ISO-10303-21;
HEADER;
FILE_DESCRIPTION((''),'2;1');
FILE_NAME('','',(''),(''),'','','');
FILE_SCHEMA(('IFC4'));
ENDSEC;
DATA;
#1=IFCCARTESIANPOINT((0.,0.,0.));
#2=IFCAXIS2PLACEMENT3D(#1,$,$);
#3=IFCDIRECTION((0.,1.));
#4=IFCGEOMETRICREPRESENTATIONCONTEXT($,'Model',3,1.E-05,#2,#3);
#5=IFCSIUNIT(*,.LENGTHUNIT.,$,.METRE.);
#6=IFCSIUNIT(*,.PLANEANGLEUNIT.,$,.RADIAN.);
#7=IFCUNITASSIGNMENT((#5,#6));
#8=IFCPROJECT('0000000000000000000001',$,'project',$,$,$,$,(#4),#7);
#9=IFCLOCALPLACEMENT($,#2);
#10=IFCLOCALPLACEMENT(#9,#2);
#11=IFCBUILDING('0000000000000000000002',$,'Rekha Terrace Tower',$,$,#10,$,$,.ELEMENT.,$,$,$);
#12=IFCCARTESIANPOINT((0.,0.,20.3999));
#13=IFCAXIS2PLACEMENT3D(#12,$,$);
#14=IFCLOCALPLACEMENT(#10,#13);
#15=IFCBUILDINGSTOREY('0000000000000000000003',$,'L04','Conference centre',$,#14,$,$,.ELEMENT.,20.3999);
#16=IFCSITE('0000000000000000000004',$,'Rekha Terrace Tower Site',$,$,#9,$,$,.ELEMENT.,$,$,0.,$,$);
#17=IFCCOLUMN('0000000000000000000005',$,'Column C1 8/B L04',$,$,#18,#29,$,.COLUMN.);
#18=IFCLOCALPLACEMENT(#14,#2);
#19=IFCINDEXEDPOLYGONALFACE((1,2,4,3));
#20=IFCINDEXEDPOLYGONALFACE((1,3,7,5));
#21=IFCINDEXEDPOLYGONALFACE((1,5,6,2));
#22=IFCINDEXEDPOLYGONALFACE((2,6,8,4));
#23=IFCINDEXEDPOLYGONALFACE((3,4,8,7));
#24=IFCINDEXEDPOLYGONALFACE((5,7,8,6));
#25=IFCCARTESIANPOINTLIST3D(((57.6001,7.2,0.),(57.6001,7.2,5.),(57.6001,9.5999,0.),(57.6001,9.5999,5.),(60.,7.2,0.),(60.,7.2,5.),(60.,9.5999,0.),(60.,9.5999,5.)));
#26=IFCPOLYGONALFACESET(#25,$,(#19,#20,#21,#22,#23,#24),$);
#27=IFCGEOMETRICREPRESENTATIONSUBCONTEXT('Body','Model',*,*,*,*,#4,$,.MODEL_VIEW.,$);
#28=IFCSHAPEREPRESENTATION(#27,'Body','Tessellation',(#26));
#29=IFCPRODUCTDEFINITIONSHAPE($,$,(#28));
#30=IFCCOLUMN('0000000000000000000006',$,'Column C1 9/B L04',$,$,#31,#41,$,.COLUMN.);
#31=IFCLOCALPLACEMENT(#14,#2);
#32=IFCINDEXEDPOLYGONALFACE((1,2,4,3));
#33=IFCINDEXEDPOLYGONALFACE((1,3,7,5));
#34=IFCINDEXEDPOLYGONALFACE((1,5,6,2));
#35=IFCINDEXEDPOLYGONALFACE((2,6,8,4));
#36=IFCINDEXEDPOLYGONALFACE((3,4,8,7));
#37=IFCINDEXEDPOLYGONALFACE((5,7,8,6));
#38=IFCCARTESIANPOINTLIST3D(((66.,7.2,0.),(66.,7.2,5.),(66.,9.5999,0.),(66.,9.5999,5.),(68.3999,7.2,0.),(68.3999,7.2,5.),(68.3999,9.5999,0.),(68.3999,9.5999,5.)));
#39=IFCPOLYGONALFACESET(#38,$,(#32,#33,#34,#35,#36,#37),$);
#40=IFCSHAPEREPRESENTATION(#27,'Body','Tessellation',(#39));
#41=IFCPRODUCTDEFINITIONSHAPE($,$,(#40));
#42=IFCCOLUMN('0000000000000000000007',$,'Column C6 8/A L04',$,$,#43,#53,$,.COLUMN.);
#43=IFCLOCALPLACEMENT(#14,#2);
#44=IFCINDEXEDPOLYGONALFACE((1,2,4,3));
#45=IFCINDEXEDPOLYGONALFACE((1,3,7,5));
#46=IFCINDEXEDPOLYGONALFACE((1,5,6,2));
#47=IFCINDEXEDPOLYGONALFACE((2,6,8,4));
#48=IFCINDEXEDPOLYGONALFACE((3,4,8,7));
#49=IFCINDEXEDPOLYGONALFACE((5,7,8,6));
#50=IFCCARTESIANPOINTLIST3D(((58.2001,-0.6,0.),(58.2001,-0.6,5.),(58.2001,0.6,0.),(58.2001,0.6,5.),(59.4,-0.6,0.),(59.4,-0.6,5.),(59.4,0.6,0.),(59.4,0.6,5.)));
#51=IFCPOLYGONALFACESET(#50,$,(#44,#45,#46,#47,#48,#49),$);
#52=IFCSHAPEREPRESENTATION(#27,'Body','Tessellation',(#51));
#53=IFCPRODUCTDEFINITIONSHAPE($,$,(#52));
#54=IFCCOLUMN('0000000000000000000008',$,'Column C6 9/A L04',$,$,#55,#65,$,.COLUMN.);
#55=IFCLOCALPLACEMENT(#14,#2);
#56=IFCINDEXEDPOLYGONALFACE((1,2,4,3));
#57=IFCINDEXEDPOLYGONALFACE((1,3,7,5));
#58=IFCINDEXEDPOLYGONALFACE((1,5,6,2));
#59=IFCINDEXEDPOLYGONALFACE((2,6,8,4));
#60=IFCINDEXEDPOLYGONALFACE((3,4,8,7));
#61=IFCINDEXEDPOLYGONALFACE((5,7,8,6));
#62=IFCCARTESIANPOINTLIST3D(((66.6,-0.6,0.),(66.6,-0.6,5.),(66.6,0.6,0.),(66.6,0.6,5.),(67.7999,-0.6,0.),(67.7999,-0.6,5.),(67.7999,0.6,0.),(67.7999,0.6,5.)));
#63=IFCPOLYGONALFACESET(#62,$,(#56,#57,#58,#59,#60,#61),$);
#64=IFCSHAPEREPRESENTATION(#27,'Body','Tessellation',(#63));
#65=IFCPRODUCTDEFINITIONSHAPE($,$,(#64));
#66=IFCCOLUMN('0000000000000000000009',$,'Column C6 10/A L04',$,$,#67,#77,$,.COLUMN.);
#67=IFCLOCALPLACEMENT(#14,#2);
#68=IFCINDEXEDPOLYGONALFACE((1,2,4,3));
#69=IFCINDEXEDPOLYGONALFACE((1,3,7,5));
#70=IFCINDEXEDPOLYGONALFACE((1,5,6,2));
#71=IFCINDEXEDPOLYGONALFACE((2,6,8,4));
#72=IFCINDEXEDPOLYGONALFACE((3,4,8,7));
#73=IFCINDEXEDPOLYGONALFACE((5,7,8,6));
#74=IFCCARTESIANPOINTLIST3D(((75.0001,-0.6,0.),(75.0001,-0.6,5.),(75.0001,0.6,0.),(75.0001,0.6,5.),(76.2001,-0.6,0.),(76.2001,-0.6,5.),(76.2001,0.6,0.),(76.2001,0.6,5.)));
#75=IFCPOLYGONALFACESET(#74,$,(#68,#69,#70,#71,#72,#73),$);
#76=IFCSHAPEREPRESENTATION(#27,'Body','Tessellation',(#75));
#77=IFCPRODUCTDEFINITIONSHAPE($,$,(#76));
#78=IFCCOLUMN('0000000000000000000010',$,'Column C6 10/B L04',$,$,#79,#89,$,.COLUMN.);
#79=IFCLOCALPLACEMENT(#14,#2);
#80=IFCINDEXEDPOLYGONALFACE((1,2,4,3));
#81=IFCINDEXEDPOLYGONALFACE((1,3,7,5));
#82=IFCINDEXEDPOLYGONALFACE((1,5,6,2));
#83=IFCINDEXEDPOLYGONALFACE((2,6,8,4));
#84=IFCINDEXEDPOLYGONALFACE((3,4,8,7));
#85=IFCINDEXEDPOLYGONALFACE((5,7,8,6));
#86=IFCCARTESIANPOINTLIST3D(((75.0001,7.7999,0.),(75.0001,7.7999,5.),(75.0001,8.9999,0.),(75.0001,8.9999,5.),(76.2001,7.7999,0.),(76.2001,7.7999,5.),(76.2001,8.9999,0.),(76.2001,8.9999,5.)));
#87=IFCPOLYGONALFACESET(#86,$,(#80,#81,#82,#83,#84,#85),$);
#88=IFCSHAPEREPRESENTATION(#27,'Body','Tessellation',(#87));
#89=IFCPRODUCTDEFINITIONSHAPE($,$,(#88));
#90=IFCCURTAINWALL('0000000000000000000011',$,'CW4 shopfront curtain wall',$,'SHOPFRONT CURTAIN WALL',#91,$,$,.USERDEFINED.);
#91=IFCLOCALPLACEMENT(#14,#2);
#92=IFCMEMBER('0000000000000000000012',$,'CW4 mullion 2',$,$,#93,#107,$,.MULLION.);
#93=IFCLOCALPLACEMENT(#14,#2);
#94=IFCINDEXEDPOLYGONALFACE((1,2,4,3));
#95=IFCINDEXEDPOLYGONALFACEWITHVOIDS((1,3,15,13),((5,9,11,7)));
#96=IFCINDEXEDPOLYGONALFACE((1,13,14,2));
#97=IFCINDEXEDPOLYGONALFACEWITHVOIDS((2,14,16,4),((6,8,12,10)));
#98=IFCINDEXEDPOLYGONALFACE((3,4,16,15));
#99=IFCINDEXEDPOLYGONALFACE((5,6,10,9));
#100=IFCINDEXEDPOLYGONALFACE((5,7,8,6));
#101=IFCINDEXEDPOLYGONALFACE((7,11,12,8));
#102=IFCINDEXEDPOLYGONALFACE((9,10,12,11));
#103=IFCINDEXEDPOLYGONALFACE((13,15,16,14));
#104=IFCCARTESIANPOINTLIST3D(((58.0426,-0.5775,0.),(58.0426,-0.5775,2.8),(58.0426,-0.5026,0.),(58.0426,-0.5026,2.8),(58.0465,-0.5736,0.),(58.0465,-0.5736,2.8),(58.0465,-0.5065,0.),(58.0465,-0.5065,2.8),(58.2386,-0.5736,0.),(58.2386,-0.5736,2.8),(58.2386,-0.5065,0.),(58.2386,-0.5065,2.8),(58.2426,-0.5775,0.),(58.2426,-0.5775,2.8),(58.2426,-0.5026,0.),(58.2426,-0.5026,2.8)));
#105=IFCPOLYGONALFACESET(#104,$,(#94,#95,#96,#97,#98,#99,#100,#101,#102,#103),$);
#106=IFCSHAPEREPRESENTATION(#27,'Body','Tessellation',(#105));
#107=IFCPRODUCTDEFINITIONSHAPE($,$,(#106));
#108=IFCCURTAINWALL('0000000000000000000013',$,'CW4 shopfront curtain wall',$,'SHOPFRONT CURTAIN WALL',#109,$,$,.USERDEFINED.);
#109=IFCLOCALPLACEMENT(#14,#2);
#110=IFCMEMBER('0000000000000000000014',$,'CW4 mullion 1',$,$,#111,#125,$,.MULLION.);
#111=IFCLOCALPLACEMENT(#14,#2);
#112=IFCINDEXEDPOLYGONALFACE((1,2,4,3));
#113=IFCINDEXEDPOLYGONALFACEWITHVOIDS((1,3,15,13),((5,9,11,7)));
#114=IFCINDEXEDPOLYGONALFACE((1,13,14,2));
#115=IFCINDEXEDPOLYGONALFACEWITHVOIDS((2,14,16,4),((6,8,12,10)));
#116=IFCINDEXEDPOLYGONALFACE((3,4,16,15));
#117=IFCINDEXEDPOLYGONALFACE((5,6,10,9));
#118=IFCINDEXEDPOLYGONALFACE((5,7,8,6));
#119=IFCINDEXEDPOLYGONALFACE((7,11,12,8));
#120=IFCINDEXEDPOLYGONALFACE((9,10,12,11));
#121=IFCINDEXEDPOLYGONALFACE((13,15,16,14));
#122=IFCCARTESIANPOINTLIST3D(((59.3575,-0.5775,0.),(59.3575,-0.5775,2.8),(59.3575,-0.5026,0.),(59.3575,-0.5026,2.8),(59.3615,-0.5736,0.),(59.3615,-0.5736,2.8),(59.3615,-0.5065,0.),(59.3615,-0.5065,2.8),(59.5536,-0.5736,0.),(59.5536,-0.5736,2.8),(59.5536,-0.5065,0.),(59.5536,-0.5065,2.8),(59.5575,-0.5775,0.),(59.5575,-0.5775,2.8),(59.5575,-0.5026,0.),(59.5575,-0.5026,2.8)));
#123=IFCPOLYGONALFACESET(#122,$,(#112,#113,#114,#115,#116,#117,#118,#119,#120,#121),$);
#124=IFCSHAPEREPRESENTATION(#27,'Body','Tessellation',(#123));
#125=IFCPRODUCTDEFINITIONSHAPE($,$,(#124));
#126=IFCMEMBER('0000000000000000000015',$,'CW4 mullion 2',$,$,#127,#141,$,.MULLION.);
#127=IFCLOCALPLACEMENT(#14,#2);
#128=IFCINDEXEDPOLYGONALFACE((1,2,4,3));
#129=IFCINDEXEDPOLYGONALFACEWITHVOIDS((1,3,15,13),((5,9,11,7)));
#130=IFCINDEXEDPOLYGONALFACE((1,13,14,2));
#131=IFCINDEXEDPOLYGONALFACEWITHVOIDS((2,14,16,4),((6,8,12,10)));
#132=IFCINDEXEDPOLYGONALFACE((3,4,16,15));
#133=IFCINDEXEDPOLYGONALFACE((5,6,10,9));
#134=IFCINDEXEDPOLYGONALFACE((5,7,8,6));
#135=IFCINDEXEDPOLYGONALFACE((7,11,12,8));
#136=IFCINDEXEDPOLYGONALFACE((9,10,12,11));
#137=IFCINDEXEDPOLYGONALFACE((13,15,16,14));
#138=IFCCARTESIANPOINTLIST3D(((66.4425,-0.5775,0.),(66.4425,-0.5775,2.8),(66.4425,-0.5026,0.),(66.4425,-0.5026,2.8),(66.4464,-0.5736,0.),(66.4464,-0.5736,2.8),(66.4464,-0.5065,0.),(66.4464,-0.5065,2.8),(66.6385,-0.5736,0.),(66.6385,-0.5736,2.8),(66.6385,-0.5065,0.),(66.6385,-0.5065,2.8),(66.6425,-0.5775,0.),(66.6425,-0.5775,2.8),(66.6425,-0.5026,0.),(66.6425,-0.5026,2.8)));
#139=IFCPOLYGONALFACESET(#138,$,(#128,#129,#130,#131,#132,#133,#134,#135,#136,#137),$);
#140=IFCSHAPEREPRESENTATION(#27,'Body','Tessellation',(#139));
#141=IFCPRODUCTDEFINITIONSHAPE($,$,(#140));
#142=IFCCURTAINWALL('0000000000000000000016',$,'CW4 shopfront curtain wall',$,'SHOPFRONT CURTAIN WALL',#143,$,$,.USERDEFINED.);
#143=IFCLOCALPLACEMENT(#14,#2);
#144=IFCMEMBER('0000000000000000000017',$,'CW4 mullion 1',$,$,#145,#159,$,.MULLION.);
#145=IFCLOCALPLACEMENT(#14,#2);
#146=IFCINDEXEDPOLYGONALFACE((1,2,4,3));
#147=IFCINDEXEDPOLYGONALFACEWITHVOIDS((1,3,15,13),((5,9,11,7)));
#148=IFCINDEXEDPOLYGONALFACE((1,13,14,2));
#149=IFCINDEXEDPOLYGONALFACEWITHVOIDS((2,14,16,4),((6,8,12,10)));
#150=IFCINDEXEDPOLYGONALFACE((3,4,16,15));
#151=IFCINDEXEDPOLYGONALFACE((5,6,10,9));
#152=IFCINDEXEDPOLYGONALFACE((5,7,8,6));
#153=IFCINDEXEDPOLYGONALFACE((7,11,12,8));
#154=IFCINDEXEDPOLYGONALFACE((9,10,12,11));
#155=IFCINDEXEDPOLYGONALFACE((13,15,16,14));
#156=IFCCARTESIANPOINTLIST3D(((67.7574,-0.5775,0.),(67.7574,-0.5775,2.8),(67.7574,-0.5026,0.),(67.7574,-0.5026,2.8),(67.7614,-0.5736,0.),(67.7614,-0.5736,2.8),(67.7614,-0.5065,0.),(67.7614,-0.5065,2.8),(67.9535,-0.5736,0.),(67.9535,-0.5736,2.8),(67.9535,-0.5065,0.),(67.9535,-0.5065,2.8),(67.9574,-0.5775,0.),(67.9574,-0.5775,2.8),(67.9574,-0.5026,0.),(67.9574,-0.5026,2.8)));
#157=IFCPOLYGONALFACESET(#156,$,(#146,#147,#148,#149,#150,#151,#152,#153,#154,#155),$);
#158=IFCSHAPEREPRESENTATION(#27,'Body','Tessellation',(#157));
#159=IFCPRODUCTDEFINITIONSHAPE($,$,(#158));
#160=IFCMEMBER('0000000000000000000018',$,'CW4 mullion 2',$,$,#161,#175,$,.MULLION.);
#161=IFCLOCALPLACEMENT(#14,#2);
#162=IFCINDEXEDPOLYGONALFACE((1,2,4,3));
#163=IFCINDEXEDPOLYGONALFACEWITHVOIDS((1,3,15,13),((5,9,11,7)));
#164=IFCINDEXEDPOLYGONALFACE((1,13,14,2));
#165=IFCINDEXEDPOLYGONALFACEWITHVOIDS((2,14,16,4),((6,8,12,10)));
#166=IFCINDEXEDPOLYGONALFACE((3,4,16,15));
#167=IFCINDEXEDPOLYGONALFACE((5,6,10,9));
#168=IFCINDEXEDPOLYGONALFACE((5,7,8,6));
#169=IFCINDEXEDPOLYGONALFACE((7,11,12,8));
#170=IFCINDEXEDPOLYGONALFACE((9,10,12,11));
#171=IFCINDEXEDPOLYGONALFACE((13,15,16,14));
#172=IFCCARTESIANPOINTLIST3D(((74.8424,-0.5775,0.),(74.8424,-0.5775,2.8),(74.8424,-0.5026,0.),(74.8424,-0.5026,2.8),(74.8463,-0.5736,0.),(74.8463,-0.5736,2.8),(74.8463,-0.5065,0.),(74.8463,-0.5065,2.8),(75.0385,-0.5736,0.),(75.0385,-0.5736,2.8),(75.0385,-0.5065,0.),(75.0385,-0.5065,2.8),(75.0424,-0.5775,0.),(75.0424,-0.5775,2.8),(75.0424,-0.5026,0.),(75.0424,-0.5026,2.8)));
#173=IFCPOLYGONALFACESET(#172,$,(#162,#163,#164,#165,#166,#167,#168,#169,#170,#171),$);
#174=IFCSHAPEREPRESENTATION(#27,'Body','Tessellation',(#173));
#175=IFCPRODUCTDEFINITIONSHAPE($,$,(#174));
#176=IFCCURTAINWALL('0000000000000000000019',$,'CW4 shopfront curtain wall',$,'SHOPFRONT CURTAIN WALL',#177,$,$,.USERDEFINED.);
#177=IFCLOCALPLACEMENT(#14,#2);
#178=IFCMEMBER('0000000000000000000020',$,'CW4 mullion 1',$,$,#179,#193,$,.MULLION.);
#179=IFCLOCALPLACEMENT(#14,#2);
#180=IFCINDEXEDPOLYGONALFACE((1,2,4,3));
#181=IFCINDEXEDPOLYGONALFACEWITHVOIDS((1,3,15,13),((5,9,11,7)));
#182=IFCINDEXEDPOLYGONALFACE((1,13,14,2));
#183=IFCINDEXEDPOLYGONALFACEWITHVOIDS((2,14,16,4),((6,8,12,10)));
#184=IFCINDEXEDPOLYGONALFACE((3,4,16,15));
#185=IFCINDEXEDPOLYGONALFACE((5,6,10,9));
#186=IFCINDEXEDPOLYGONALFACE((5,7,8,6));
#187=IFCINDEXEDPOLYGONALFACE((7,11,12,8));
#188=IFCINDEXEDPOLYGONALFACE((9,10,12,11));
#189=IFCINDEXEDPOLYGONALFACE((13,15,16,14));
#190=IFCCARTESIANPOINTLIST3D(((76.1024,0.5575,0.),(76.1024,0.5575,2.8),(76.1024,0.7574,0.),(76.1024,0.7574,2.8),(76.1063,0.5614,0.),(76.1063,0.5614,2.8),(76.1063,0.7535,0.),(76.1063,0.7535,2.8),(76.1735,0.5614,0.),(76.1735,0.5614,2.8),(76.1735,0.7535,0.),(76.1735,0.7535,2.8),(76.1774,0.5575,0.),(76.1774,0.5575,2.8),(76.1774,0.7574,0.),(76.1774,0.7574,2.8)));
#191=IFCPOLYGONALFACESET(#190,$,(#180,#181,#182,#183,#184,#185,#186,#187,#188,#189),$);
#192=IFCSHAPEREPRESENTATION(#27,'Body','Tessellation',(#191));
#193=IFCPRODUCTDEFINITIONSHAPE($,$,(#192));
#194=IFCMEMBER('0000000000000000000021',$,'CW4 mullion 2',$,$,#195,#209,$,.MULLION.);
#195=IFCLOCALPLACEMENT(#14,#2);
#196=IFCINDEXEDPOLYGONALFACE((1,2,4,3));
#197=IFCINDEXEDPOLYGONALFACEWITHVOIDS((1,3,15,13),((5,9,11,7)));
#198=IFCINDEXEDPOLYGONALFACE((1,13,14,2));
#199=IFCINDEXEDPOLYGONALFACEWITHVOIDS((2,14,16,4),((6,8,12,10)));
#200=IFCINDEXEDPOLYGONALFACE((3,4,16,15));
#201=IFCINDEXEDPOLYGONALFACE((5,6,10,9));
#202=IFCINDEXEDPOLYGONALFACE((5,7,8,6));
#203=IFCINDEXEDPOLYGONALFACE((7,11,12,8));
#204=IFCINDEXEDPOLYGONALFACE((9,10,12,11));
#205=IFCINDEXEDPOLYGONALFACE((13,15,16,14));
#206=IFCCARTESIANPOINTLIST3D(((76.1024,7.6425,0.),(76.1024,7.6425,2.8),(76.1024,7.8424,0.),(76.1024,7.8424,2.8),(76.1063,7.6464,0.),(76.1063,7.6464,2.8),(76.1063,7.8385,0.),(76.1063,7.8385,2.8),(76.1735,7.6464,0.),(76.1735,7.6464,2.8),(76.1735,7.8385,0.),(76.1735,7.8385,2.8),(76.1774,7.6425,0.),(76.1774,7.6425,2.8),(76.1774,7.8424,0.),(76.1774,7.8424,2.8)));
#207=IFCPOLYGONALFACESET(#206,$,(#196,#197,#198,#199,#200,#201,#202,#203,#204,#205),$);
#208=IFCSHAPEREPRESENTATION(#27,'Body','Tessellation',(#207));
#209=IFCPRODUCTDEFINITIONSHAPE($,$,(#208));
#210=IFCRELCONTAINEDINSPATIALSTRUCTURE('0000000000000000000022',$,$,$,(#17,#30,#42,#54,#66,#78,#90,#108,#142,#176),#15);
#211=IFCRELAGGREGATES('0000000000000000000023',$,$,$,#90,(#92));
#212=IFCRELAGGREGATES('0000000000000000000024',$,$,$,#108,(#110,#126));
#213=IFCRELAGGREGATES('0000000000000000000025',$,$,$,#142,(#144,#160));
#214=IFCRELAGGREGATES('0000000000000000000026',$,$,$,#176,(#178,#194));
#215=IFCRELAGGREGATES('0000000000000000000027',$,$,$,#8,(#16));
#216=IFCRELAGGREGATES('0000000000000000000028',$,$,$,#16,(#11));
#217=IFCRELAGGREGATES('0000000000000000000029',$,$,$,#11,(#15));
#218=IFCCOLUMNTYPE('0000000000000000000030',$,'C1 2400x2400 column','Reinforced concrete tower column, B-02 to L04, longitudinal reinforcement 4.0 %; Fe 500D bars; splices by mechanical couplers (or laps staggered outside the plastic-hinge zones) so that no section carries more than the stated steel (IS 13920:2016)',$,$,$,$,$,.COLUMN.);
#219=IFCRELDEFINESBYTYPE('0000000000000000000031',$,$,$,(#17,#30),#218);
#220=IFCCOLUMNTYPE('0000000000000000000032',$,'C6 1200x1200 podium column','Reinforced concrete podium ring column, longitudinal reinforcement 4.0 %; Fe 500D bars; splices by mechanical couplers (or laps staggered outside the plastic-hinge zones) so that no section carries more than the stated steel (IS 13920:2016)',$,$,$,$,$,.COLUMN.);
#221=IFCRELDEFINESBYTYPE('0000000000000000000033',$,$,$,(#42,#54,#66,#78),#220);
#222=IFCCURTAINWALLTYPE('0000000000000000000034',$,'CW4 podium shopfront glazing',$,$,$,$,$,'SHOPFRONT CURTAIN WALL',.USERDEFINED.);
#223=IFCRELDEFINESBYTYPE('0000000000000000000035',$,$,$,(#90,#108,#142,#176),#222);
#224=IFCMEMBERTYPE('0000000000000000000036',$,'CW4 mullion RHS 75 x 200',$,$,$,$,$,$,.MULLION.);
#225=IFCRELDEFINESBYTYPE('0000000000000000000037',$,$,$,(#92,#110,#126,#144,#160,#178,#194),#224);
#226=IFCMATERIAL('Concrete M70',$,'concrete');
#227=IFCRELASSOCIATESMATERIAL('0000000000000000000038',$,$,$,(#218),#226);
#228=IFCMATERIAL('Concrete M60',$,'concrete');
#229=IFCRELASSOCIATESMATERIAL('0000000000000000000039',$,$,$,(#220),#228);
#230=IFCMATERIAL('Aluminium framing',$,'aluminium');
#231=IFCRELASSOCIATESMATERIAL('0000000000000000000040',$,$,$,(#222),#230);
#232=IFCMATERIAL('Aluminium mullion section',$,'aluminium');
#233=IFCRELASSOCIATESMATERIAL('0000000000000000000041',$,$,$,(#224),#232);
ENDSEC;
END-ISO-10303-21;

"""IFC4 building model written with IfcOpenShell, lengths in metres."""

from ifc_helpers import new_model, si_unit, direction, frame, origin, origin_2d, place, context, subcontext, project, spatial, rectangle, hollow_rectangle, extrude, material, material_profile, profile_set, type_object, element, aggregate, save


model = new_model("IFC4")

# Units and contexts
model_context = context("Model", 3, precision=1e-05, world=origin(), true_north=direction((0.0, 1.0)))
body_context = subcontext(model_context, "Body", "Model", "MODEL_VIEW")
ifc_project = project(units=[si_unit("LENGTHUNIT", "METRE"), si_unit("PLANEANGLEUNIT", "RADIAN")], contexts=[model_context])

# Site, building, storey
site_placement = place(None, origin())
site = spatial("IfcSite", under=ifc_project, at=site_placement, Name="Rekha Terrace Tower Site", CompositionType="ELEMENT", RefElevation=0.0)
building_placement = place(site_placement, origin())
building = spatial("IfcBuilding", under=site, at=building_placement, Name="Rekha Terrace Tower", CompositionType="ELEMENT")
storey_placement = place(building_placement, frame((0.0, 0.0, 20.3999)))
storey = spatial("IfcBuildingStorey", under=building, at=storey_placement, Name="L04", Description="Conference centre", CompositionType="ELEMENT", Elevation=20.3999)

# Columns
ifc_material_1 = material(Name="Concrete M70", Category="concrete")
ifc_material_profile_1 = material_profile(ifc_material_1, rectangle(XDim=2.3999, YDim=2.3999, at=origin_2d()), Name="RC 2400x2400")
ifc_profile_set_1 = profile_set([ifc_material_profile_1], Name="Concrete M70")
column_type_1 = type_object("IfcColumnType", Name="C1 2400x2400 column", Description="Reinforced concrete tower column, B-02 to L04, longitudinal reinforcement 4.0 %; Fe 500D bars; splices by mechanical couplers (or laps staggered outside the plastic-hinge zones) so that no section carries more than the stated steel (IS 13920:2016)", PredefinedType="COLUMN", material=ifc_profile_set_1)
for number, where, z_axis, x_axis, name in (
    (1, (58.8, 8.3999, 0.0), (0.0, 0.0, 1.0), (1.0, 0.0, 0.0), "Column C1 8/B L04"),
    (2, (67.2, 8.3999, 0.0), (0.0, 0.0, 1.0), (1.0, 0.0, 0.0), "Column C1 9/B L04"),
):
    element("IfcColumn", number, at=place(storey_placement, frame(where, z_axis=z_axis, x_axis=x_axis)), inside=storey, type_object=column_type_1, Name=name, PredefinedType="COLUMN", context=body_context, shape_type="SweptSolid", body=[
        extrude(rectangle(XDim=2.3999, YDim=2.3999, at=origin_2d()), origin(), (0.0, 0.0, 1.0), 5.0),
    ])
ifc_material_2 = material(Name="Concrete M60", Category="concrete")
ifc_material_profile_2 = material_profile(ifc_material_2, rectangle(XDim=1.2, YDim=1.2, at=origin_2d()), Name="RC 1200x1200")
ifc_profile_set_2 = profile_set([ifc_material_profile_2], Name="Concrete M60")
column_type_2 = type_object("IfcColumnType", Name="C6 1200x1200 podium column", Description="Reinforced concrete podium ring column, longitudinal reinforcement 4.0 %; Fe 500D bars; splices by mechanical couplers (or laps staggered outside the plastic-hinge zones) so that no section carries more than the stated steel (IS 13920:2016)", PredefinedType="COLUMN", material=ifc_profile_set_2)
for number, where, z_axis, x_axis, name in (
    (3, (58.8, 0.0, 0.0), (0.0, 0.0, 1.0), (1.0, 0.0, 0.0), "Column C6 8/A L04"),
    (4, (67.2, 0.0, 0.0), (0.0, 0.0, 1.0), (1.0, 0.0, 0.0), "Column C6 9/A L04"),
    (5, (75.6001, 0.0, 0.0), (0.0, 0.0, 1.0), (1.0, 0.0, 0.0), "Column C6 10/A L04"),
    (6, (75.6001, 8.3999, 0.0), (0.0, 0.0, 1.0), (1.0, 0.0, 0.0), "Column C6 10/B L04"),
):
    element("IfcColumn", number, at=place(storey_placement, frame(where, z_axis=z_axis, x_axis=x_axis)), inside=storey, type_object=column_type_2, Name=name, PredefinedType="COLUMN", context=body_context, shape_type="SweptSolid", body=[
        extrude(rectangle(XDim=1.2, YDim=1.2, at=origin_2d()), origin(), (0.0, 0.0, 1.0), 5.0),
    ])

# Curtain wall, member
ifc_material_3 = material(Name="Aluminium framing", Category="aluminium")
curtain_wall_type = type_object("IfcCurtainWallType", Name="CW4 podium shopfront glazing", ElementType="SHOPFRONT CURTAIN WALL", PredefinedType="USERDEFINED", material=ifc_material_3)
curtain_wall_1_placement = place(storey_placement, origin())
curtain_wall_1 = element("IfcCurtainWall", 7, at=curtain_wall_1_placement, inside=storey, type_object=curtain_wall_type, Name="CW4 shopfront curtain wall", ObjectType="SHOPFRONT CURTAIN WALL", PredefinedType="USERDEFINED")
ifc_material_4 = material(Name="Aluminium mullion section", Category="aluminium")
ifc_material_profile_3 = material_profile(ifc_material_4, hollow_rectangle(XDim=0.075, YDim=0.2, WallThickness=0.0039, at=origin_2d()), Name="AL RHS 75x200")
ifc_profile_set_3 = profile_set([ifc_material_profile_3], Name="Aluminium mullion section")
member_type_1 = type_object("IfcMemberType", Name="CW4 mullion RHS 75 x 200", PredefinedType="MULLION", material=ifc_profile_set_3)
member_1_placement = place(storey_placement, frame((58.1426, -0.54, 0.0), z_axis=(0.0, 0.0, 1.0), x_axis=(0.0, 1.0, 0.0)))
member_1 = element("IfcMember", 8, at=member_1_placement, type_object=member_type_1, Name="CW4 mullion 2", PredefinedType="MULLION", context=body_context, shape_type="SweptSolid", body=[
    extrude(hollow_rectangle(XDim=0.075, YDim=0.2, WallThickness=0.0039, at=origin_2d()), origin(), (0.0, 0.0, 1.0), 2.8),
])

# Curtain walls, members
curtain_wall_2_placement = place(storey_placement, origin())
curtain_wall_2 = element("IfcCurtainWall", 9, at=curtain_wall_2_placement, inside=storey, type_object=curtain_wall_type, Name="CW4 shopfront curtain wall", ObjectType="SHOPFRONT CURTAIN WALL", PredefinedType="USERDEFINED")
member_2_placement = place(storey_placement, frame((59.4575, -0.54, 0.0), z_axis=(0.0, 0.0, 1.0), x_axis=(0.0, 1.0, 0.0)))
member_2 = element("IfcMember", 10, at=member_2_placement, type_object=member_type_1, Name="CW4 mullion 1", PredefinedType="MULLION", context=body_context, shape_type="SweptSolid", body=[
    extrude(hollow_rectangle(XDim=0.075, YDim=0.2, WallThickness=0.0039, at=origin_2d()), origin(), (0.0, 0.0, 1.0), 2.8),
])
member_3_placement = place(storey_placement, frame((66.5425, -0.54, 0.0), z_axis=(0.0, 0.0, 1.0), x_axis=(0.0, 1.0, 0.0)))
member_3 = element("IfcMember", 11, at=member_3_placement, type_object=member_type_1, Name="CW4 mullion 2", PredefinedType="MULLION", context=body_context, shape_type="SweptSolid", body=[
    extrude(hollow_rectangle(XDim=0.075, YDim=0.2, WallThickness=0.0039, at=origin_2d()), origin(), (0.0, 0.0, 1.0), 2.8),
])
curtain_wall_3_placement = place(storey_placement, origin())
curtain_wall_3 = element("IfcCurtainWall", 12, at=curtain_wall_3_placement, inside=storey, type_object=curtain_wall_type, Name="CW4 shopfront curtain wall", ObjectType="SHOPFRONT CURTAIN WALL", PredefinedType="USERDEFINED")
member_4_placement = place(storey_placement, frame((67.8574, -0.54, 0.0), z_axis=(0.0, 0.0, 1.0), x_axis=(0.0, 1.0, 0.0)))
member_4 = element("IfcMember", 13, at=member_4_placement, type_object=member_type_1, Name="CW4 mullion 1", PredefinedType="MULLION", context=body_context, shape_type="SweptSolid", body=[
    extrude(hollow_rectangle(XDim=0.075, YDim=0.2, WallThickness=0.0039, at=origin_2d()), origin(), (0.0, 0.0, 1.0), 2.8),
])
member_5_placement = place(storey_placement, frame((74.9424, -0.54, 0.0), z_axis=(0.0, 0.0, 1.0), x_axis=(0.0, 1.0, 0.0)))
member_5 = element("IfcMember", 14, at=member_5_placement, type_object=member_type_1, Name="CW4 mullion 2", PredefinedType="MULLION", context=body_context, shape_type="SweptSolid", body=[
    extrude(hollow_rectangle(XDim=0.075, YDim=0.2, WallThickness=0.0039, at=origin_2d()), origin(), (0.0, 0.0, 1.0), 2.8),
])
curtain_wall_4_placement = place(storey_placement, origin())
curtain_wall_4 = element("IfcCurtainWall", 15, at=curtain_wall_4_placement, inside=storey, type_object=curtain_wall_type, Name="CW4 shopfront curtain wall", ObjectType="SHOPFRONT CURTAIN WALL", PredefinedType="USERDEFINED")
member_6_placement = place(storey_placement, frame((76.1399, 0.6575, 0.0), z_axis=(0.0, 0.0, 1.0), x_axis=(-1.0, 0.0, 0.0)))
member_6 = element("IfcMember", 16, at=member_6_placement, type_object=member_type_1, Name="CW4 mullion 1", PredefinedType="MULLION", context=body_context, shape_type="SweptSolid", body=[
    extrude(hollow_rectangle(XDim=0.075, YDim=0.2, WallThickness=0.0039, at=origin_2d()), origin(), (0.0, 0.0, 1.0), 2.8),
])
member_7_placement = place(storey_placement, frame((76.1399, 7.7424, 0.0), z_axis=(0.0, 0.0, 1.0), x_axis=(-1.0, 0.0, 0.0)))
member_7 = element("IfcMember", 17, at=member_7_placement, type_object=member_type_1, Name="CW4 mullion 2", PredefinedType="MULLION", context=body_context, shape_type="SweptSolid", body=[
    extrude(hollow_rectangle(XDim=0.075, YDim=0.2, WallThickness=0.0039, at=origin_2d()), origin(), (0.0, 0.0, 1.0), 2.8),
])

aggregate(curtain_wall_1, [member_1])
aggregate(curtain_wall_2, [member_2, member_3])
aggregate(curtain_wall_3, [member_4, member_5])
aggregate(curtain_wall_4, [member_6, member_7])

save(model, "model.ifc")
